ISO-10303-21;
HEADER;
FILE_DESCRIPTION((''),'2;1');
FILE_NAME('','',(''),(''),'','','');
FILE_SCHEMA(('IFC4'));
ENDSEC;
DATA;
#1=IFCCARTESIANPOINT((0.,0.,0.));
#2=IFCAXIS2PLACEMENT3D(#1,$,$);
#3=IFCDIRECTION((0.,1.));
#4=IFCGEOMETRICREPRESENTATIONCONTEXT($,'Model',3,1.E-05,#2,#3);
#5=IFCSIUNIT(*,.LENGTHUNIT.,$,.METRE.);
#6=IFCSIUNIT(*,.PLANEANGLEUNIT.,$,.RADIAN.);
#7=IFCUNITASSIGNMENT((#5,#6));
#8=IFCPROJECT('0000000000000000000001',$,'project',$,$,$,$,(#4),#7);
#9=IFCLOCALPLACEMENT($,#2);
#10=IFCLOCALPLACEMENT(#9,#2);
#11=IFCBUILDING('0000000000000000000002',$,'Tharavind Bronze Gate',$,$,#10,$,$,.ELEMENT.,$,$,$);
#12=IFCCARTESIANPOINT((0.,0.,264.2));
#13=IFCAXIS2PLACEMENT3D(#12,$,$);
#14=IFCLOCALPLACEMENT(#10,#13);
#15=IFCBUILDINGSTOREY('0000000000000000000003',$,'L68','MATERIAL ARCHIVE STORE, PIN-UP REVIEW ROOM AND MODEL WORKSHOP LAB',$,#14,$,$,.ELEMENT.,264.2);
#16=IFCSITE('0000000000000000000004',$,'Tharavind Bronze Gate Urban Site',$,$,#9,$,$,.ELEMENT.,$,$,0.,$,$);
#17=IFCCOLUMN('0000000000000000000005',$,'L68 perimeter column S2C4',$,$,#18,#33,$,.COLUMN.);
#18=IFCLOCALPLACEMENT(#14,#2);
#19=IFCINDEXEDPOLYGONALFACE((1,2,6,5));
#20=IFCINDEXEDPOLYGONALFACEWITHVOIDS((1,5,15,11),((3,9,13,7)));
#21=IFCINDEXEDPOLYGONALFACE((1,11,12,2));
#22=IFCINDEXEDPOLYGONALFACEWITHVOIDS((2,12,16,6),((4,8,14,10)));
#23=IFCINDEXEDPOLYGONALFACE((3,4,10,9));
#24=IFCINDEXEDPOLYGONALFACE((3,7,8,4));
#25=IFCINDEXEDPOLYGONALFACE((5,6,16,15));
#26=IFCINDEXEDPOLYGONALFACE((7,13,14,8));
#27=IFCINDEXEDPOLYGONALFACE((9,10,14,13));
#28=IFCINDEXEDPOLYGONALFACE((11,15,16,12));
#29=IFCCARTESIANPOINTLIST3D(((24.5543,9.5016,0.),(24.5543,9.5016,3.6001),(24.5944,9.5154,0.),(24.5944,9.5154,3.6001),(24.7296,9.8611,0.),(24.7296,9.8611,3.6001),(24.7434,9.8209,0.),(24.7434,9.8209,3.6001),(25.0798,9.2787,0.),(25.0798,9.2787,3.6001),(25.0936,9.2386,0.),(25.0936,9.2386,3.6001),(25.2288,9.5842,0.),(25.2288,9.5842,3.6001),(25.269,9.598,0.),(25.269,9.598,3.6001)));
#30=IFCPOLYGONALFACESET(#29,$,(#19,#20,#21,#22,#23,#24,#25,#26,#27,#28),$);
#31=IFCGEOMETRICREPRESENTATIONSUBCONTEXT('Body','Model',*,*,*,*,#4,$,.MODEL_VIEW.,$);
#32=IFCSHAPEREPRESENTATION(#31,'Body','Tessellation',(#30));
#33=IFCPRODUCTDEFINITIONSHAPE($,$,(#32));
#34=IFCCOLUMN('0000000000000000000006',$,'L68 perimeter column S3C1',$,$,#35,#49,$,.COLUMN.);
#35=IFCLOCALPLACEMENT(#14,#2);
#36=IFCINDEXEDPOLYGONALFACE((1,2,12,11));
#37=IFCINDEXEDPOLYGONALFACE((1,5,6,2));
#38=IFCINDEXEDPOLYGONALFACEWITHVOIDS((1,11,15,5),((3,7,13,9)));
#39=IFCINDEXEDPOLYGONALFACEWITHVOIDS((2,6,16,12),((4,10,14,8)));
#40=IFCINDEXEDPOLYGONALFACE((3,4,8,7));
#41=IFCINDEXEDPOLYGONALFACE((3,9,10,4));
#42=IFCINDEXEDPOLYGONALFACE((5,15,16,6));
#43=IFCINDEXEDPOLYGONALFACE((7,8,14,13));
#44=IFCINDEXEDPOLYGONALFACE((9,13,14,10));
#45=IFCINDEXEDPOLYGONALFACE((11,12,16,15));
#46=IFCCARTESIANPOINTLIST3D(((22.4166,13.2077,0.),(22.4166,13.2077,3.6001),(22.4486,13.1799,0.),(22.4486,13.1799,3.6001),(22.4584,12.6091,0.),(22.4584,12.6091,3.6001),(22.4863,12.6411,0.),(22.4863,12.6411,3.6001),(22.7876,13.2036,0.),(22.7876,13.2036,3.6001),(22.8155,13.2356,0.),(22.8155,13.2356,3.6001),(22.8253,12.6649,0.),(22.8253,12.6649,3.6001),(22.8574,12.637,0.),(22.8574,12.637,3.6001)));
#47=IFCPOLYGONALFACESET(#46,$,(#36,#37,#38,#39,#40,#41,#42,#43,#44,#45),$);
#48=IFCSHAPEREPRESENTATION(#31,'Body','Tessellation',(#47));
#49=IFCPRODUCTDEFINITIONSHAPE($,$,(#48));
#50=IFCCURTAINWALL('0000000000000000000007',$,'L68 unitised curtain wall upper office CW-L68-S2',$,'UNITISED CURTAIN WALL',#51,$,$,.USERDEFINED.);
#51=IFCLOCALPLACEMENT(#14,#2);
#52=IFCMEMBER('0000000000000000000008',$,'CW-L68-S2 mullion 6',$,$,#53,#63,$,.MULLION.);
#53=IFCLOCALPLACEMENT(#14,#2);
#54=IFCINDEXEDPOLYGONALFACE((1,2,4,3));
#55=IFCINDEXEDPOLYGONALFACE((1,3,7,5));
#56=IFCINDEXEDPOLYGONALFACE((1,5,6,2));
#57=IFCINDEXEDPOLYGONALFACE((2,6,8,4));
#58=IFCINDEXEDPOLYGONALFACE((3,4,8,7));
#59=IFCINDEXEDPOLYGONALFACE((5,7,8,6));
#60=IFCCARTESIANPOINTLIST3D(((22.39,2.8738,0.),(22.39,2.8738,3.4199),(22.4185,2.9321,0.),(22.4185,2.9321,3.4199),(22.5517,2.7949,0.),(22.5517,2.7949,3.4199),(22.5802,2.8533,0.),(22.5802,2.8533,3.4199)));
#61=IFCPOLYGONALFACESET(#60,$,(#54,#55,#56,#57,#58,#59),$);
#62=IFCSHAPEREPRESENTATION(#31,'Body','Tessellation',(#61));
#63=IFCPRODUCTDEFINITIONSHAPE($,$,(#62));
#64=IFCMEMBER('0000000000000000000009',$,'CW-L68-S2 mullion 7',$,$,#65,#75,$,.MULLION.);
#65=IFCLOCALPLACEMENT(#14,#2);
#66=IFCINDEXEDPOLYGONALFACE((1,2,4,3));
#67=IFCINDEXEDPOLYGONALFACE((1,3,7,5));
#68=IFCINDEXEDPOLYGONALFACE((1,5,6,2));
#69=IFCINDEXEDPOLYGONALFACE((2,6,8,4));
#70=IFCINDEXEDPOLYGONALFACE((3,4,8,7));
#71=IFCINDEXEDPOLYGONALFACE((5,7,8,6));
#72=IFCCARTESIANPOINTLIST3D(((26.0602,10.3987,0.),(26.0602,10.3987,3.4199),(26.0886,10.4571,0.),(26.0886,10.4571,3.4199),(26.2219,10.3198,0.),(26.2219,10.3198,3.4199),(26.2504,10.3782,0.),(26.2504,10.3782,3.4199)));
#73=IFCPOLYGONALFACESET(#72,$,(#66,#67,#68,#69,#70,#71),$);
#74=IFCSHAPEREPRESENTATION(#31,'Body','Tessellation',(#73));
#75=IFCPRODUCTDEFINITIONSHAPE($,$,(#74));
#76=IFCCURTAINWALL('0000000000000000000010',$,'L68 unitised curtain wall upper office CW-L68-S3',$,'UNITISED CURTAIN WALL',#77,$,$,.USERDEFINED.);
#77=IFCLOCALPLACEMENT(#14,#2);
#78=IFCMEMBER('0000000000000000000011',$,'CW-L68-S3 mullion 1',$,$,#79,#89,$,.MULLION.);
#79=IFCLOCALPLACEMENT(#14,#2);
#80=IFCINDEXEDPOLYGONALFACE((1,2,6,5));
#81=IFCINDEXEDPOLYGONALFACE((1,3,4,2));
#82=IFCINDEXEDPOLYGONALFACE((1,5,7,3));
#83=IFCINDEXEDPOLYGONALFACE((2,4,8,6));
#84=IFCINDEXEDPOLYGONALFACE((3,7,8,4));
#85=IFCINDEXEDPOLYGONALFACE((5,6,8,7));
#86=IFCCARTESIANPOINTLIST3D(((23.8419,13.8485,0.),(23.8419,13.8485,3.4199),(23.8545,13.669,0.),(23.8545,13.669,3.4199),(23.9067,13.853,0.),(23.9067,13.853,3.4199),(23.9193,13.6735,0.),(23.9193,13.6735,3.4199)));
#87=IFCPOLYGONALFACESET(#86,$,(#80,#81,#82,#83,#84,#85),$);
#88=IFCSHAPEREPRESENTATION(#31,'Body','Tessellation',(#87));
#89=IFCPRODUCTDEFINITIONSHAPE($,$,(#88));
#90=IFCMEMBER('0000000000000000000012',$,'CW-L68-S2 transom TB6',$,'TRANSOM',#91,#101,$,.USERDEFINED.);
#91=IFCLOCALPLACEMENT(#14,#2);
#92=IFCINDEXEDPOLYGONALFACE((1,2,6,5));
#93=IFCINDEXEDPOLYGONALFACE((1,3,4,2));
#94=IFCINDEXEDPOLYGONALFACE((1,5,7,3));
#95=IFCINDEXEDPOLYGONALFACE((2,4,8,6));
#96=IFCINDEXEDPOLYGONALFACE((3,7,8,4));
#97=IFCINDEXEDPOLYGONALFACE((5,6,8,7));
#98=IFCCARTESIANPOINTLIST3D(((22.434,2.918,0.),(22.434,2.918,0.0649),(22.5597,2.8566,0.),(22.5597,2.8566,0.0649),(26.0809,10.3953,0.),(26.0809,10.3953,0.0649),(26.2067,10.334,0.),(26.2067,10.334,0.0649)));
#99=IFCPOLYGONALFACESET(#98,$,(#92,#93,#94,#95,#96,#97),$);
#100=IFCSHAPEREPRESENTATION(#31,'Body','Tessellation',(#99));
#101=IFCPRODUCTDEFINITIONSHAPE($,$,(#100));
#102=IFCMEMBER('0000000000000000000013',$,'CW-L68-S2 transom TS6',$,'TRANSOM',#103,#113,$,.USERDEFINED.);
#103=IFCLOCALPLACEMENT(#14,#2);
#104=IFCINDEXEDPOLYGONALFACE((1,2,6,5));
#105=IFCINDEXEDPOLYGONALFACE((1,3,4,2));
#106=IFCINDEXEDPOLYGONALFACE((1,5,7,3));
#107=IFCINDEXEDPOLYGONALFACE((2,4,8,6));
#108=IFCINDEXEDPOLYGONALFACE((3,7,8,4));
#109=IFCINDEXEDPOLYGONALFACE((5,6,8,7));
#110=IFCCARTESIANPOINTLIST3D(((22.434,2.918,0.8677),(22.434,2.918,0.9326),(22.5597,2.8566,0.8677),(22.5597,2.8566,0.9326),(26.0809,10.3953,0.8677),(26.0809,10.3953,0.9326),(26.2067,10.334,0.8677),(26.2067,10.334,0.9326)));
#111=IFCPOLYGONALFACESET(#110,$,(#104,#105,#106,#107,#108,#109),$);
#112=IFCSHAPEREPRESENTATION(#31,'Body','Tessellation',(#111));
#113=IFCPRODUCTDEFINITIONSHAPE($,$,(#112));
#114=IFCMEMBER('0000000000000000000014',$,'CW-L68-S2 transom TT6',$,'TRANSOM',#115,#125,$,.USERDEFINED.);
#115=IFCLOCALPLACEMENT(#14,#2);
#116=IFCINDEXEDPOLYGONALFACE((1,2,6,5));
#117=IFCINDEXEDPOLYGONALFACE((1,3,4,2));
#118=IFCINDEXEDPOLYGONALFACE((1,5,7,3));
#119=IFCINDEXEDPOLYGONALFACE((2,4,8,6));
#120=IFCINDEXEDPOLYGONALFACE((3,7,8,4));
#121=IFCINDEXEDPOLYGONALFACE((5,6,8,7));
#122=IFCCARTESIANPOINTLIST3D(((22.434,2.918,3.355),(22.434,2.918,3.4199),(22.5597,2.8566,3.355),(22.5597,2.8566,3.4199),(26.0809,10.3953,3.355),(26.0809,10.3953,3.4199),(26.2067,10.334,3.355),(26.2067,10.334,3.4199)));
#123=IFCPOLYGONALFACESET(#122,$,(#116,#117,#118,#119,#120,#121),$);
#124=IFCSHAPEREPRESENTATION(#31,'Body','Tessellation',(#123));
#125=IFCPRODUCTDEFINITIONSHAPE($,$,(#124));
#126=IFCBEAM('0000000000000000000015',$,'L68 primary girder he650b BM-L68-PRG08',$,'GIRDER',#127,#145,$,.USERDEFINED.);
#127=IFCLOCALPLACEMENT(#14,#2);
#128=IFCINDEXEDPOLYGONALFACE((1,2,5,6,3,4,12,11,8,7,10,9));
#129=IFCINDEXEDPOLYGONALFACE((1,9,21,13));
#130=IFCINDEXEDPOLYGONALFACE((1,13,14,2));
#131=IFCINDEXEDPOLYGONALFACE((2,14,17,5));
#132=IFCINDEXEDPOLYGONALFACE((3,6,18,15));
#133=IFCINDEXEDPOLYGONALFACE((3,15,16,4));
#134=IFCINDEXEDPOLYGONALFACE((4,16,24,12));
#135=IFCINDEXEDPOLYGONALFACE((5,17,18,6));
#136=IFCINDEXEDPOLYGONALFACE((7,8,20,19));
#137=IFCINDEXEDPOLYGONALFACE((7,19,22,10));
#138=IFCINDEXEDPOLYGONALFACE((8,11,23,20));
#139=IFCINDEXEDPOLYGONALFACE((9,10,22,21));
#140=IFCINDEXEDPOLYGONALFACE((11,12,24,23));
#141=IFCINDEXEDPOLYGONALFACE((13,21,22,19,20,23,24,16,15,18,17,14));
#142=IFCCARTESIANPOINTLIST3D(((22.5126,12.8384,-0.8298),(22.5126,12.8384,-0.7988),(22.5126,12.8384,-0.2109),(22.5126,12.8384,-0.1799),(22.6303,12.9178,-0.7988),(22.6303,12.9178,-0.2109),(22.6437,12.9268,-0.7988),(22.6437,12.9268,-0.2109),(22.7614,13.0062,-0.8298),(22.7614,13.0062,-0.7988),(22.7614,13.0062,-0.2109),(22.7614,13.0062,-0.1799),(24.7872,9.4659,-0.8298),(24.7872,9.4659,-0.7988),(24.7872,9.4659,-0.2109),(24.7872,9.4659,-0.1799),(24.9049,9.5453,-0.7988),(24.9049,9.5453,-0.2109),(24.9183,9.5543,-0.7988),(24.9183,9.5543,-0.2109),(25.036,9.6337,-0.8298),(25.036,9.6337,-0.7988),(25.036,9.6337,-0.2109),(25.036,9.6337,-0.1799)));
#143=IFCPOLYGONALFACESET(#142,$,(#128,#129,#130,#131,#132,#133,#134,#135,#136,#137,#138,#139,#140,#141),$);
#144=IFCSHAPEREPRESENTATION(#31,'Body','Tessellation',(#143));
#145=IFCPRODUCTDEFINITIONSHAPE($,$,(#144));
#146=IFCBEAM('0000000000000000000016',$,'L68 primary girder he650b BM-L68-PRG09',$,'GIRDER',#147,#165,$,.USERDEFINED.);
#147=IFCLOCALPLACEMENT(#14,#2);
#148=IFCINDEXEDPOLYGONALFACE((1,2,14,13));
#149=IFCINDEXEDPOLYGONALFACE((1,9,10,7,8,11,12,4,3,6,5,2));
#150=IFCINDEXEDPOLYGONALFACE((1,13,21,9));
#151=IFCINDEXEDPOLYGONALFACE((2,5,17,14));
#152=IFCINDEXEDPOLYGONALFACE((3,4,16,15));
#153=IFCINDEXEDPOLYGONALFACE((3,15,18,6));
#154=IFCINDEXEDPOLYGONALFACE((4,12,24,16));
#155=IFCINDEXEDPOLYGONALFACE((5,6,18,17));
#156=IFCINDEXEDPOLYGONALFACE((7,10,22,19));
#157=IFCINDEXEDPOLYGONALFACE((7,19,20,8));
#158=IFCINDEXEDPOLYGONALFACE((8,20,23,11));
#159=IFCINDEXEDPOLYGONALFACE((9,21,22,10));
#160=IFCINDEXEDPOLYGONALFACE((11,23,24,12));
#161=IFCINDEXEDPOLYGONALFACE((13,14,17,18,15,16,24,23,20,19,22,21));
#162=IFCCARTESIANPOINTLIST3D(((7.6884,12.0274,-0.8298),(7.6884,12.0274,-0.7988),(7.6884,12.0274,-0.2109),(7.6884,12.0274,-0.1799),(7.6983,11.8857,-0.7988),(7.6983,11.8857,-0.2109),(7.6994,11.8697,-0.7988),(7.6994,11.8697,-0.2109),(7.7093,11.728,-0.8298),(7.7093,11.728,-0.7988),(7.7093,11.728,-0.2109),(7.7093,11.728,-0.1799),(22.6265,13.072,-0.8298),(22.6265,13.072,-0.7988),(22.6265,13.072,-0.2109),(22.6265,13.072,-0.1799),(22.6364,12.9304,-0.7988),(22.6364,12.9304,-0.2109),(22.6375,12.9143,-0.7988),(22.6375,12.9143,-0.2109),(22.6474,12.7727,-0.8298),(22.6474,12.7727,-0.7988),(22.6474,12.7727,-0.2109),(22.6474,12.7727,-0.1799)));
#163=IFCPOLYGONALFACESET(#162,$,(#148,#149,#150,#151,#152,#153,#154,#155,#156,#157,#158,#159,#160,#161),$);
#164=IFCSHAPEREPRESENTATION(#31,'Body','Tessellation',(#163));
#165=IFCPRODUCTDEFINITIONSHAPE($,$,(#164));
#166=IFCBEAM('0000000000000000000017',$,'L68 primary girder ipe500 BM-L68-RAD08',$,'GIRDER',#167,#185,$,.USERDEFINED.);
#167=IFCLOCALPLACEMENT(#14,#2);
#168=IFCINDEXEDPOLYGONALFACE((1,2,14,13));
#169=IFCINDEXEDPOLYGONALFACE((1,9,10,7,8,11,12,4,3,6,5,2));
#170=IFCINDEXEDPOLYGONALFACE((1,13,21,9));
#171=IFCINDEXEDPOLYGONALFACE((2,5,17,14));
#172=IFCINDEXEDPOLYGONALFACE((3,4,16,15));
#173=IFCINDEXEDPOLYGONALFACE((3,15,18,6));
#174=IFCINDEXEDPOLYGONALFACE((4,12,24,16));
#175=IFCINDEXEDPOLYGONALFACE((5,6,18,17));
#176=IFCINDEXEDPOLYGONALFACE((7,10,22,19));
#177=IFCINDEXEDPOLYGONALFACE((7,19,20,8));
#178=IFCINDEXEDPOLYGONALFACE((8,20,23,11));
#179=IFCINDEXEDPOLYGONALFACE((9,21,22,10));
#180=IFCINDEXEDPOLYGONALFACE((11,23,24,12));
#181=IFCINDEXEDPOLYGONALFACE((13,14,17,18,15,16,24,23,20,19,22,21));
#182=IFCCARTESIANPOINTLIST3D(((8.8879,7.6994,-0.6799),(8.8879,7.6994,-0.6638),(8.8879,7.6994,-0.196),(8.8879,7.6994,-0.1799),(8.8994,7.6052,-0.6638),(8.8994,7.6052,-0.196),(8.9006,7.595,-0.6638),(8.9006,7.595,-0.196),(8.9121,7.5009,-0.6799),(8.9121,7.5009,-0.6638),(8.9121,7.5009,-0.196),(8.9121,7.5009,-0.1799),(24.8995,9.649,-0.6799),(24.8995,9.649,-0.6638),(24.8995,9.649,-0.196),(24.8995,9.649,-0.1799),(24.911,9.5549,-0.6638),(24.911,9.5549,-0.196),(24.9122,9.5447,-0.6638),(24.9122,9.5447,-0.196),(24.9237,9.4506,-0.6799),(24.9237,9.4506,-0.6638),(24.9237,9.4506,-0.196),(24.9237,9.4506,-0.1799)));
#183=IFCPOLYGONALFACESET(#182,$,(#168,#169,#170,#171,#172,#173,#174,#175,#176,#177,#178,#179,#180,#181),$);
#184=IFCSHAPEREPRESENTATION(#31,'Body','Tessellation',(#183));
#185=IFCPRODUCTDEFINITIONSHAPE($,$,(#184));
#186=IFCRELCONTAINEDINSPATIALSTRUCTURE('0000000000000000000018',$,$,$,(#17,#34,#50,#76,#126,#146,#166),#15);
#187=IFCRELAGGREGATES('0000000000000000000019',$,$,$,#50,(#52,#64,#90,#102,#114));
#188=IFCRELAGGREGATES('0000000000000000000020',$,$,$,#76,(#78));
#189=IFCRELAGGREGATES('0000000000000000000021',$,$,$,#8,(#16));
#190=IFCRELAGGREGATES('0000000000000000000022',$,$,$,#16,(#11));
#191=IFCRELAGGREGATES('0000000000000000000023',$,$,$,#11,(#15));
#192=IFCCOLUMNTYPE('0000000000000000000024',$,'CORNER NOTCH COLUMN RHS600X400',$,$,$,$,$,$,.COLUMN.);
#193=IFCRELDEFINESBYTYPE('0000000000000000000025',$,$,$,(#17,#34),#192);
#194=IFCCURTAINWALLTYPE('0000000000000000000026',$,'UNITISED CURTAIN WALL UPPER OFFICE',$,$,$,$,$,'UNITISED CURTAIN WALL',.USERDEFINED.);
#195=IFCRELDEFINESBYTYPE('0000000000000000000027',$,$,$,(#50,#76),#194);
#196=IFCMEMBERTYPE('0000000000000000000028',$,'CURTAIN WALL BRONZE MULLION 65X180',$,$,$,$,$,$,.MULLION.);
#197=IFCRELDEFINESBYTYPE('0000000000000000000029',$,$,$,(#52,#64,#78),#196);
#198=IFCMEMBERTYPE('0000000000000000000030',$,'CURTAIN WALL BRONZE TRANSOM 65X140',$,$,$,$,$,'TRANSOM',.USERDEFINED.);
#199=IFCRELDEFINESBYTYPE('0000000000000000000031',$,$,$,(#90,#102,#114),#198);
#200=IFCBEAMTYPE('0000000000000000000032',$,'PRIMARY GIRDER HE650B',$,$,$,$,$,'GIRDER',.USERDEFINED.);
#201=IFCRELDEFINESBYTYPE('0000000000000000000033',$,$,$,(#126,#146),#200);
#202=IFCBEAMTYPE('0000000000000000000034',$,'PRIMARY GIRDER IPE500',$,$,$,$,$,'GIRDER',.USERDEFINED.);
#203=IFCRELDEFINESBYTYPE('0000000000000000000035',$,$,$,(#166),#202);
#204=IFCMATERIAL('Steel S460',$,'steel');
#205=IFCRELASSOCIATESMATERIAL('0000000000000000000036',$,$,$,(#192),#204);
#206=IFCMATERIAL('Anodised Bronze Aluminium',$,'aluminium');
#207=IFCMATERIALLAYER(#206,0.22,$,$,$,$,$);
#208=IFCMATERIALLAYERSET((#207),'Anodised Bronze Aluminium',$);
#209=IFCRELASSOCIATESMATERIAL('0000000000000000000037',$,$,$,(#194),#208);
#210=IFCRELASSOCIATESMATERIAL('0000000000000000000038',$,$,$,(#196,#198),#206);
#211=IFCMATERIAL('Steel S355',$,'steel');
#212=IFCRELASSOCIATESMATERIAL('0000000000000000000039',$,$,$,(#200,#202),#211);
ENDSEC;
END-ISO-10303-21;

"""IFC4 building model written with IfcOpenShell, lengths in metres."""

from ifc_helpers import new_model, si_unit, direction, frame, origin, origin_2d, place, context, subcontext, project, spatial, rectangle, hollow_rectangle, i_section, extrude, material, layer, layer_set, material_profile, profile_set, type_object, element, aggregate, save


model = new_model("IFC4")

# Units and contexts
model_context = context("Model", 3, precision=1e-05, world=origin(), true_north=direction((0.0, 1.0)))
body_context = subcontext(model_context, "Body", "Model", "MODEL_VIEW")
ifc_project = project(units=[si_unit("LENGTHUNIT", "METRE"), si_unit("PLANEANGLEUNIT", "RADIAN")], contexts=[model_context])

# Site, building, storey
site_placement = place(None, origin())
site = spatial("IfcSite", under=ifc_project, at=site_placement, Name="Tharavind Bronze Gate Urban Site", CompositionType="ELEMENT", RefElevation=0.0)
building_placement = place(site_placement, origin())
building = spatial("IfcBuilding", under=site, at=building_placement, Name="Tharavind Bronze Gate", CompositionType="ELEMENT")
storey_placement = place(building_placement, frame((0.0, 0.0, 264.2)))
storey = spatial("IfcBuildingStorey", under=building, at=storey_placement, Name="L68", Description="MATERIAL ARCHIVE STORE, PIN-UP REVIEW ROOM AND MODEL WORKSHOP LAB", CompositionType="ELEMENT", Elevation=264.2)

# Columns
ifc_material_1 = material(Name="Steel S460", Category="steel")
ifc_material_profile_1 = material_profile(ifc_material_1, hollow_rectangle(XDim=0.3999, YDim=0.6001, WallThickness=0.03, at=origin_2d()), Name="RHS600X400X30")
ifc_profile_set_1 = profile_set([ifc_material_profile_1], Name="Steel S460")
column_type = type_object("IfcColumnType", Name="CORNER NOTCH COLUMN RHS600X400", PredefinedType="COLUMN", material=ifc_profile_set_1)
for number, where, z_axis, x_axis, name in (
    (1, (24.9116, 9.5498, 0.0), (0.0, 0.0, 1.0), (0.438373, 0.898793, 0.0), "L68 perimeter column S2C4"),
    (2, (22.637, 12.9224, 0.0), (0.0, 0.0, 1.0), (0.997564, 0.069758, 0.0), "L68 perimeter column S3C1"),
):
    element("IfcColumn", number, at=place(storey_placement, frame(where, z_axis=z_axis, x_axis=x_axis)), inside=storey, type_object=column_type, Name=name, PredefinedType="COLUMN", context=body_context, shape_type="SweptSolid", body=[
        extrude(hollow_rectangle(XDim=0.3999, YDim=0.6001, WallThickness=0.03, at=origin_2d()), origin(), (0.0, 0.0, 1.0), 3.6001),
    ])

# Curtain wall, members
ifc_material_2 = material(Name="Anodised Bronze Aluminium", Category="aluminium")
ifc_layer_1 = layer(ifc_material_2, 0.22)
ifc_layer_set_1 = layer_set([ifc_layer_1], Name="Anodised Bronze Aluminium")
curtain_wall_type = type_object("IfcCurtainWallType", Name="UNITISED CURTAIN WALL UPPER OFFICE", ElementType="UNITISED CURTAIN WALL", PredefinedType="USERDEFINED", material=ifc_layer_set_1)
curtain_wall_1_placement = place(storey_placement, origin())
curtain_wall_1 = element("IfcCurtainWall", 3, at=curtain_wall_1_placement, inside=storey, type_object=curtain_wall_type, Name="L68 unitised curtain wall upper office CW-L68-S2", ObjectType="UNITISED CURTAIN WALL", PredefinedType="USERDEFINED")
member_type_1 = type_object("IfcMemberType", Name="CURTAIN WALL BRONZE MULLION 65X180", PredefinedType="MULLION", material=ifc_material_2)
member_1_placement = place(storey_placement, frame((22.4851, 2.8635, 0.0), z_axis=(0.0, 0.0, 1.0), x_axis=(0.438373, 0.898793, 0.0)))
member_1 = element("IfcMember", 4, at=member_1_placement, type_object=member_type_1, Name="CW-L68-S2 mullion 6", PredefinedType="MULLION", context=body_context, shape_type="SweptSolid", body=[
    extrude(rectangle(XDim=0.0649, YDim=0.1799, at=origin_2d()), origin(), (0.0, 0.0, 1.0), 3.4199),
])
member_2_placement = place(storey_placement, frame((26.1553, 10.3884, 0.0), z_axis=(0.0, 0.0, 1.0), x_axis=(0.438373, 0.898793, 0.0)))
member_2 = element("IfcMember", 5, at=member_2_placement, type_object=member_type_1, Name="CW-L68-S2 mullion 7", PredefinedType="MULLION", context=body_context, shape_type="SweptSolid", body=[
    extrude(rectangle(XDim=0.0649, YDim=0.1799, at=origin_2d()), origin(), (0.0, 0.0, 1.0), 3.4199),
])

# Curtain wall, member
curtain_wall_2_placement = place(storey_placement, origin())
curtain_wall_2 = element("IfcCurtainWall", 6, at=curtain_wall_2_placement, inside=storey, type_object=curtain_wall_type, Name="L68 unitised curtain wall upper office CW-L68-S3", ObjectType="UNITISED CURTAIN WALL", PredefinedType="USERDEFINED")
member_3_placement = place(storey_placement, frame((23.8806, 13.761, 0.0), z_axis=(0.0, 0.0, 1.0), x_axis=(-0.997564, -0.06976, 0.0)))
member_3 = element("IfcMember", 7, at=member_3_placement, type_object=member_type_1, Name="CW-L68-S3 mullion 1", PredefinedType="MULLION", context=body_context, shape_type="SweptSolid", body=[
    extrude(rectangle(XDim=0.0649, YDim=0.1799, at=origin_2d()), origin(), (0.0, 0.0, 1.0), 3.4199),
])

# Members
member_type_2 = type_object("IfcMemberType", Name="CURTAIN WALL BRONZE TRANSOM 65X140", ElementType="TRANSOM", PredefinedType="USERDEFINED", material=ifc_material_2)
member_4_placement = place(storey_placement, frame((24.3203, 6.626, 0.0), z_axis=(0.0, 0.0, 1.0), x_axis=(0.438373, 0.898793, 0.0)))
member_4 = element("IfcMember", 8, at=member_4_placement, type_object=member_type_2, Name="CW-L68-S2 transom TB6", ObjectType="TRANSOM", PredefinedType="USERDEFINED", context=body_context, shape_type="SweptSolid", body=[
    extrude(rectangle(XDim=8.3193, YDim=0.1399, at=origin_2d()), origin(), (0.0, 0.0, 1.0), 0.0649),
])
member_5_placement = place(storey_placement, frame((24.3203, 6.626, 0.8677), z_axis=(0.0, 0.0, 1.0), x_axis=(0.438373, 0.898793, 0.0)))
member_5 = element("IfcMember", 9, at=member_5_placement, type_object=member_type_2, Name="CW-L68-S2 transom TS6", ObjectType="TRANSOM", PredefinedType="USERDEFINED", context=body_context, shape_type="SweptSolid", body=[
    extrude(rectangle(XDim=8.3193, YDim=0.1399, at=origin_2d()), origin(), (0.0, 0.0, 1.0), 0.0649),
])
member_6_placement = place(storey_placement, frame((24.3203, 6.626, 3.355), z_axis=(0.0, 0.0, 1.0), x_axis=(0.438373, 0.898793, 0.0)))
member_6 = element("IfcMember", 10, at=member_6_placement, type_object=member_type_2, Name="CW-L68-S2 transom TT6", ObjectType="TRANSOM", PredefinedType="USERDEFINED", context=body_context, shape_type="SweptSolid", body=[
    extrude(rectangle(XDim=8.3193, YDim=0.1399, at=origin_2d()), origin(), (0.0, 0.0, 1.0), 0.0649),
])

# Beams
ifc_material_3 = material(Name="Steel S355", Category="steel")
ifc_material_profile_2 = material_profile(ifc_material_3, i_section(OverallWidth=0.3, OverallDepth=0.6499, WebThickness=0.0161, FlangeThickness=0.031, at=origin_2d()), Name="HE650B")
ifc_profile_set_2 = profile_set([ifc_material_profile_2], Name="Steel S355")
beam_type_1 = type_object("IfcBeamType", Name="PRIMARY GIRDER HE650B", ElementType="GIRDER", PredefinedType="USERDEFINED", material=ifc_profile_set_2)
beam_1_placement = place(storey_placement, frame((24.9116, 9.5498, -0.5049), z_axis=(-0.559166, 0.829056, 0.0), x_axis=(-0.829056, -0.559166, 0.0)))
element("IfcBeam", 11, at=beam_1_placement, inside=storey, type_object=beam_type_1, Name="L68 primary girder he650b BM-L68-PRG08", ObjectType="GIRDER", PredefinedType="USERDEFINED", context=body_context, shape_type="SweptSolid", body=[
    extrude(i_section(OverallWidth=0.3, OverallDepth=0.6499, WebThickness=0.0161, FlangeThickness=0.031, at=origin_2d()), origin(), (0.0, 0.0, 1.0), 4.0679),
])
beam_2_placement = place(storey_placement, frame((22.637, 12.9224, -0.5049), z_axis=(-0.997564, -0.069763, 0.0), x_axis=(0.069763, -0.997564, 0.0)))
element("IfcBeam", 12, at=beam_2_placement, inside=storey, type_object=beam_type_1, Name="L68 primary girder he650b BM-L68-PRG09", ObjectType="GIRDER", PredefinedType="USERDEFINED", context=body_context, shape_type="SweptSolid", body=[
    extrude(i_section(OverallWidth=0.3, OverallDepth=0.6499, WebThickness=0.0161, FlangeThickness=0.031, at=origin_2d()), origin(), (0.0, 0.0, 1.0), 14.9746),
])
ifc_material_profile_3 = material_profile(ifc_material_3, i_section(OverallWidth=0.2, OverallDepth=0.5, WebThickness=0.0103, FlangeThickness=0.0161, at=origin_2d()), Name="IPE500")
ifc_profile_set_3 = profile_set([ifc_material_profile_3], Name="Steel S355")
beam_type_2 = type_object("IfcBeamType", Name="PRIMARY GIRDER IPE500", ElementType="GIRDER", PredefinedType="USERDEFINED", material=ifc_profile_set_3)
beam_3_placement = place(storey_placement, frame((24.9116, 9.5498, -0.4299), z_axis=(-0.992668, -0.120875, 0.0), x_axis=(0.120875, -0.992668, 0.0)))
element("IfcBeam", 13, at=beam_3_placement, inside=storey, type_object=beam_type_2, Name="L68 primary girder ipe500 BM-L68-RAD08", ObjectType="GIRDER", PredefinedType="USERDEFINED", context=body_context, shape_type="SweptSolid", body=[
    extrude(i_section(OverallWidth=0.2, OverallDepth=0.5, WebThickness=0.0103, FlangeThickness=0.0161, at=origin_2d()), origin(), (0.0, 0.0, 1.0), 16.1299),
])

aggregate(curtain_wall_1, [member_1, member_2, member_4, member_5, member_6])
aggregate(curtain_wall_2, [member_3])

save(model, "model.ifc")
